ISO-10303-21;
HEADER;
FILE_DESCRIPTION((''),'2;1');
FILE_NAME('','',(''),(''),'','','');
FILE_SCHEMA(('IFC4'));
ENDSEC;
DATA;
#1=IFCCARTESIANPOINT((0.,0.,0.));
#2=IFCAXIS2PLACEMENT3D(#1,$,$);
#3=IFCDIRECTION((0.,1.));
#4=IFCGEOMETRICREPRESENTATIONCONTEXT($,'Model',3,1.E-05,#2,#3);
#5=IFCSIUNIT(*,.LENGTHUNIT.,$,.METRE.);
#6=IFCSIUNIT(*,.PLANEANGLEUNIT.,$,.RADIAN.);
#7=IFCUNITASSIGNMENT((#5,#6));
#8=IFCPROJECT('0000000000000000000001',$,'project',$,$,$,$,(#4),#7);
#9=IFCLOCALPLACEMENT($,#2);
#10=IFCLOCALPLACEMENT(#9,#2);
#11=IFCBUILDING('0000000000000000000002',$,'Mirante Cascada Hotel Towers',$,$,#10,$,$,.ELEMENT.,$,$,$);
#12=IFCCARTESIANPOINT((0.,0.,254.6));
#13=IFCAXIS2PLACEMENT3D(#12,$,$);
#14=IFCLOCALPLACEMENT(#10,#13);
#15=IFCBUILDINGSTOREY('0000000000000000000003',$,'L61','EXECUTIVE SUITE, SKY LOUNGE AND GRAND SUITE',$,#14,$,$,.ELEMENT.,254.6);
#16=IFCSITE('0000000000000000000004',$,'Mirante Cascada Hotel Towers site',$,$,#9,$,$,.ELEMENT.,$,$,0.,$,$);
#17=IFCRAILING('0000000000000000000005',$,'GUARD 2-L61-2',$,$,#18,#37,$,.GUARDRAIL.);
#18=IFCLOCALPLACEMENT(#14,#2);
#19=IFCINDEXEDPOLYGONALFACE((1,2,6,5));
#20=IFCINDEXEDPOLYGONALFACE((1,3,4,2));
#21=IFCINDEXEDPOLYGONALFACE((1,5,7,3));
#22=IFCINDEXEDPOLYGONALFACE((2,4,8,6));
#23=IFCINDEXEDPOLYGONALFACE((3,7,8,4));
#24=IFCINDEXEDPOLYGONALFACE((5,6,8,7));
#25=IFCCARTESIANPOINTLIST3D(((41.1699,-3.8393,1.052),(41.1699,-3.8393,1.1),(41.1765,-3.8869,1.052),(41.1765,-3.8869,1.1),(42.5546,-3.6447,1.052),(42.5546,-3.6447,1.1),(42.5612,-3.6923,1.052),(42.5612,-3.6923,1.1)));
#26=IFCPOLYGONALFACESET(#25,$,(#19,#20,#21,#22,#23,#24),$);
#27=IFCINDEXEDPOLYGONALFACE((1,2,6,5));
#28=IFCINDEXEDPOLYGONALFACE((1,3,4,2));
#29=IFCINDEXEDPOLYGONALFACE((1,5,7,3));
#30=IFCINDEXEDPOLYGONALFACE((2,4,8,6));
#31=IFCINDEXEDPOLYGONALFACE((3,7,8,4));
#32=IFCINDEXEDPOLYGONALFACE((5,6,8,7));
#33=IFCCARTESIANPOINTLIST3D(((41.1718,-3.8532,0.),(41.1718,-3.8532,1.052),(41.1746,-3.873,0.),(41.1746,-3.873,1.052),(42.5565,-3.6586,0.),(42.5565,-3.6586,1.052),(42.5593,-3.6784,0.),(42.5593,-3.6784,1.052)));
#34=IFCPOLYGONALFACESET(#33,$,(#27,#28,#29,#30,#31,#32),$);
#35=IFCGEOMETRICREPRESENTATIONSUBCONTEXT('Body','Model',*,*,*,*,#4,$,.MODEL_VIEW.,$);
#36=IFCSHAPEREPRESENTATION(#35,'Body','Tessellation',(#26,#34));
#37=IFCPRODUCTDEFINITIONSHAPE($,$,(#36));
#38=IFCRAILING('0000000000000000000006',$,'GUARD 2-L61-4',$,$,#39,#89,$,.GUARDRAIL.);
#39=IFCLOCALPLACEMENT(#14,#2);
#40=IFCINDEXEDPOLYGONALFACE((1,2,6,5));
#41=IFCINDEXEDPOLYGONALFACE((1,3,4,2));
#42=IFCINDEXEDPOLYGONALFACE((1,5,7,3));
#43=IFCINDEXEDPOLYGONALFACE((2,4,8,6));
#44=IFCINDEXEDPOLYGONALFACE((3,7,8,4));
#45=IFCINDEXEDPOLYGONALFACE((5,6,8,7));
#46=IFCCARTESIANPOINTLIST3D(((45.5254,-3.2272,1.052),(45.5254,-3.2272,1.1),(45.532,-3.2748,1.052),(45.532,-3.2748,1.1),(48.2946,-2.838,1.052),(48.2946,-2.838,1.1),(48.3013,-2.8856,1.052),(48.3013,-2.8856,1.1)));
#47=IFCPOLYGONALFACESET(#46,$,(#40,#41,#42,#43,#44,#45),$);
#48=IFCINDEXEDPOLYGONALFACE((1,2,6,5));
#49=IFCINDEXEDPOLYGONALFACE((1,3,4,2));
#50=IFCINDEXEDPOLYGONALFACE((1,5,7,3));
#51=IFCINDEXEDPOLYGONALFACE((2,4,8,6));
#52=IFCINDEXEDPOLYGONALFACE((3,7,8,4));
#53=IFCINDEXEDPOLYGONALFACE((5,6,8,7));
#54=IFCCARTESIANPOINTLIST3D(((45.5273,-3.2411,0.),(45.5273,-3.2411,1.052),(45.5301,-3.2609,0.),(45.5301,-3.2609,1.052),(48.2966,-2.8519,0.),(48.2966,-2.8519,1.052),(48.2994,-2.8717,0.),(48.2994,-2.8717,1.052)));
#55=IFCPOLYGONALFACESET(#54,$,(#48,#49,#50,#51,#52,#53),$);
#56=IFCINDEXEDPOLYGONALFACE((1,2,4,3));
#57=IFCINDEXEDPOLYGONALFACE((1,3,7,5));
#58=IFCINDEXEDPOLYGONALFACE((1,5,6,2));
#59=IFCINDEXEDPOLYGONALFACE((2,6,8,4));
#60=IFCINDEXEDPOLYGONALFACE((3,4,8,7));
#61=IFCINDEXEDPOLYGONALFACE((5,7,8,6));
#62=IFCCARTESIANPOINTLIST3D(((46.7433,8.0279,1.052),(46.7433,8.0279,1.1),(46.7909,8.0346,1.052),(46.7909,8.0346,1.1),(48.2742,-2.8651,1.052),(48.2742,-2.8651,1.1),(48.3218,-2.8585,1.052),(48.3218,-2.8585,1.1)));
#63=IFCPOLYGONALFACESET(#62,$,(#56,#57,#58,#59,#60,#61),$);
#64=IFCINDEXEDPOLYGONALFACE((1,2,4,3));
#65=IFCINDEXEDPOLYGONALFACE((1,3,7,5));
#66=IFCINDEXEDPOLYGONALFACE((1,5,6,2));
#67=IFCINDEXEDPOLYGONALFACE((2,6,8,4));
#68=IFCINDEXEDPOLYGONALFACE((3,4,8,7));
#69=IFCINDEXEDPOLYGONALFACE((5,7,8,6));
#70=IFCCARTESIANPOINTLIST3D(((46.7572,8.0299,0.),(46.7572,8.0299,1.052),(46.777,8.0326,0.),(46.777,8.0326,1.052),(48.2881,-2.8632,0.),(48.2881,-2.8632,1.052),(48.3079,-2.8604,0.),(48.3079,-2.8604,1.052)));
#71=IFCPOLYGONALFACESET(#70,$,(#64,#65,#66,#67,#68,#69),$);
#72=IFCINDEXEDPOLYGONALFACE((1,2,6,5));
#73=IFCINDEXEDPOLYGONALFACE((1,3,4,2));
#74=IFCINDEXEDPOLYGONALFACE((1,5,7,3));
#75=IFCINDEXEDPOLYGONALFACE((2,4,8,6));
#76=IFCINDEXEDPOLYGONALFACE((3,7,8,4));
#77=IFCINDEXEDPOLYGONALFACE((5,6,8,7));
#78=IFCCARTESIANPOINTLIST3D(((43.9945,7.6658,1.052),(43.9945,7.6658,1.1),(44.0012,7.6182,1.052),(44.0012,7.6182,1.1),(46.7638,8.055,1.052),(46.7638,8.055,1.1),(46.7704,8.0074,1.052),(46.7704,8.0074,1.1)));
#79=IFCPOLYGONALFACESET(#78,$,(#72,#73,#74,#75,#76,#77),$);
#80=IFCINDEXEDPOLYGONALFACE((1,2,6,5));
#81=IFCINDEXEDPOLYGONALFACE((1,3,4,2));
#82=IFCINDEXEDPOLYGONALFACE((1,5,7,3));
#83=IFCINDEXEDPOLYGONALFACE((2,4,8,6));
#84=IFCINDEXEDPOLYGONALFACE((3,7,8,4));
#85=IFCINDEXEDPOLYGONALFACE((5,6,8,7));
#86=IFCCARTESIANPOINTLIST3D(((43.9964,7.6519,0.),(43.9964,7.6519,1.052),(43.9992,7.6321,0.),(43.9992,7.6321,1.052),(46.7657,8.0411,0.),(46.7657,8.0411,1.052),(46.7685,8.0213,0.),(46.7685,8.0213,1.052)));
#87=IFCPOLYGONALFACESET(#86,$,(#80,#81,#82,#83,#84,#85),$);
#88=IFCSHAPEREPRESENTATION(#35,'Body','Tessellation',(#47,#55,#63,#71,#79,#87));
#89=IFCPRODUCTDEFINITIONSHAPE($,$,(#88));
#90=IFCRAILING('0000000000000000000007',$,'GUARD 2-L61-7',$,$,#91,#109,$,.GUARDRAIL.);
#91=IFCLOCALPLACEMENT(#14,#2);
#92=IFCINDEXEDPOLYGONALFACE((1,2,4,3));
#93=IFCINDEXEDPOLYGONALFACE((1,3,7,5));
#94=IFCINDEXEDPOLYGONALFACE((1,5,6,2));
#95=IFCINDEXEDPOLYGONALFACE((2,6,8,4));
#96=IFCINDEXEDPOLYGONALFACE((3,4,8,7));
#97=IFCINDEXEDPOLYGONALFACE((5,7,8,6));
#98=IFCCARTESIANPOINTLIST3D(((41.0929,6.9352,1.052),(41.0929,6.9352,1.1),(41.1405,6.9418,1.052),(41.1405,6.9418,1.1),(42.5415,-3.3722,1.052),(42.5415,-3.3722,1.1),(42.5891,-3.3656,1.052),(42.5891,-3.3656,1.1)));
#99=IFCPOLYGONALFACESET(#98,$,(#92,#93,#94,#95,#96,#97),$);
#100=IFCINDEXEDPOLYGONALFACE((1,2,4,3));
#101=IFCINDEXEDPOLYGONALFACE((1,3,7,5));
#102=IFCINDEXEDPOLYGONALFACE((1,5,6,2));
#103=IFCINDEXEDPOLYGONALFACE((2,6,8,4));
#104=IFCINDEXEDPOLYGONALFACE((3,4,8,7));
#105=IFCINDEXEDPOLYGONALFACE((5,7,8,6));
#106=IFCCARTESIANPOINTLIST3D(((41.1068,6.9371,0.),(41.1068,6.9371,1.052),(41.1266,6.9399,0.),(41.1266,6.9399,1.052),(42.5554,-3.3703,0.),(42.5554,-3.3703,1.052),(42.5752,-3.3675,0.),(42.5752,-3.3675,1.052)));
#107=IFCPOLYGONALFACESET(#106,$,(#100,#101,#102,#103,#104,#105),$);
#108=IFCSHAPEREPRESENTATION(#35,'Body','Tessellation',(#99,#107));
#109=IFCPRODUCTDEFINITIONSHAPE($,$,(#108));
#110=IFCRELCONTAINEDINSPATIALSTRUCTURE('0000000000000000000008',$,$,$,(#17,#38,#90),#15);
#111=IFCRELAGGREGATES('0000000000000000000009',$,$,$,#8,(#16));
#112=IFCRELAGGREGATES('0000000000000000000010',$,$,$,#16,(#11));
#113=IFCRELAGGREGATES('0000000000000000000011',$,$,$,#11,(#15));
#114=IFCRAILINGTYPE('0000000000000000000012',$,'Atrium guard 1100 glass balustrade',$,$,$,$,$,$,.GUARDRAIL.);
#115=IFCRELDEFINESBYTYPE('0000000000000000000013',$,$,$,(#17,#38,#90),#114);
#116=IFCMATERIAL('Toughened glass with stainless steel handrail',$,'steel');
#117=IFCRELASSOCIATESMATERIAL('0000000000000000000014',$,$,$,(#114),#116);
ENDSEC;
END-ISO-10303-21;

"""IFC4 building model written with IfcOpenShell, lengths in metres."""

from ifc_helpers import new_model, si_unit, direction, frame, origin, origin_2d, place, context, subcontext, project, spatial, rectangle, extrude, material, type_object, element, save


model = new_model("IFC4")

# Units and contexts
model_context = context("Model", 3, precision=1e-05, world=origin(), true_north=direction((0.0, 1.0)))
body_context = subcontext(model_context, "Body", "Model", "MODEL_VIEW")
ifc_project = project(units=[si_unit("LENGTHUNIT", "METRE"), si_unit("PLANEANGLEUNIT", "RADIAN")], contexts=[model_context])

# Site, building, storey
site_placement = place(None, origin())
site = spatial("IfcSite", under=ifc_project, at=site_placement, Name="Mirante Cascada Hotel Towers site", CompositionType="ELEMENT", RefElevation=0.0)
building_placement = place(site_placement, origin())
building = spatial("IfcBuilding", under=site, at=building_placement, Name="Mirante Cascada Hotel Towers", CompositionType="ELEMENT")
storey_placement = place(building_placement, frame((0.0, 0.0, 254.6)))
storey = spatial("IfcBuildingStorey", under=building, at=storey_placement, Name="L61", Description="EXECUTIVE SUITE, SKY LOUNGE AND GRAND SUITE", CompositionType="ELEMENT", Elevation=254.6)

# Railings
ifc_material_1 = material(Name="Toughened glass with stainless steel handrail", Category="steel")
railing_type = type_object("IfcRailingType", Name="Atrium guard 1100 glass balustrade", PredefinedType="GUARDRAIL", material=ifc_material_1)
railing_1_placement = place(storey_placement, frame((41.1732, -3.8631, 0.0)))
element("IfcRailing", 1, at=railing_1_placement, inside=storey, type_object=railing_type, Name="GUARD 2-L61-2", PredefinedType="GUARDRAIL", context=body_context, shape_type="SweptSolid", body=[
    extrude(rectangle(XDim=0.048, YDim=0.048, at=origin_2d()), frame((0.0, 0.0, 1.076), z_axis=(0.990269, 0.139168, 0.0), x_axis=(-0.139168, 0.990269, 0.0)), (0.0, 0.0, 1.0), 1.3983),
    extrude(rectangle(XDim=0.02, YDim=1.052, at=origin_2d()), frame((0.0, 0.0, 0.526), z_axis=(0.990269, 0.139168, 0.0), x_axis=(-0.139168, 0.990269, 0.0)), (0.0, 0.0, 1.0), 1.3983),
])
railing_2_placement = place(storey_placement, frame((45.5287, -3.251, 0.0)))
element("IfcRailing", 2, at=railing_2_placement, inside=storey, type_object=railing_type, Name="GUARD 2-L61-4", PredefinedType="GUARDRAIL", context=body_context, shape_type="SweptSolid", body=[
    extrude(rectangle(XDim=0.048, YDim=0.048, at=origin_2d()), frame((0.0, 0.0, 1.076), z_axis=(0.990268, 0.139173, 0.0), x_axis=(-0.139173, 0.990268, 0.0)), (0.0, 0.0, 1.0), 2.7965),
    extrude(rectangle(XDim=0.02, YDim=1.052, at=origin_2d()), frame((0.0, 0.0, 0.526), z_axis=(0.990268, 0.139173, 0.0), x_axis=(-0.139173, 0.990268, 0.0)), (0.0, 0.0, 1.0), 2.7965),
    extrude(rectangle(XDim=0.048, YDim=0.048, at=origin_2d()), frame((2.7693, 0.3892, 1.076), z_axis=(-0.139172, 0.990268, 0.0), x_axis=(-0.990268, -0.139172, 0.0)), (0.0, 0.0, 1.0), 11.0001),
    extrude(rectangle(XDim=0.02, YDim=1.052, at=origin_2d()), frame((2.7693, 0.3892, 0.526), z_axis=(-0.139172, 0.990268, 0.0), x_axis=(-0.990268, -0.139172, 0.0)), (0.0, 0.0, 1.0), 11.0001),
    extrude(rectangle(XDim=0.048, YDim=0.048, at=origin_2d()), frame((1.2384, 11.2822, 1.076), z_axis=(-0.990268, -0.139173, 0.0), x_axis=(0.139173, -0.990268, 0.0)), (0.0, 0.0, 1.0), 2.7965),
    extrude(rectangle(XDim=0.02, YDim=1.052, at=origin_2d()), frame((1.2384, 11.2822, 0.526), z_axis=(-0.990268, -0.139173, 0.0), x_axis=(0.139173, -0.990268, 0.0)), (0.0, 0.0, 1.0), 2.7965),
])
railing_3_placement = place(storey_placement, frame((42.5653, -3.3689, 0.0)))
element("IfcRailing", 3, at=railing_3_placement, inside=storey, type_object=railing_type, Name="GUARD 2-L61-7", PredefinedType="GUARDRAIL", context=body_context, shape_type="SweptSolid", body=[
    extrude(rectangle(XDim=0.048, YDim=0.048, at=origin_2d()), frame((0.0, 0.0, 1.076), z_axis=(-0.139172, 0.990268, 0.0), x_axis=(-0.990268, -0.139172, 0.0)), (0.0, 0.0, 1.0), 10.4087),
    extrude(rectangle(XDim=0.02, YDim=1.052, at=origin_2d()), frame((0.0, 0.0, 0.526), z_axis=(-0.139172, 0.990268, 0.0), x_axis=(-0.990268, -0.139172, 0.0)), (0.0, 0.0, 1.0), 10.4087),
])

save(model, "model.ifc")
